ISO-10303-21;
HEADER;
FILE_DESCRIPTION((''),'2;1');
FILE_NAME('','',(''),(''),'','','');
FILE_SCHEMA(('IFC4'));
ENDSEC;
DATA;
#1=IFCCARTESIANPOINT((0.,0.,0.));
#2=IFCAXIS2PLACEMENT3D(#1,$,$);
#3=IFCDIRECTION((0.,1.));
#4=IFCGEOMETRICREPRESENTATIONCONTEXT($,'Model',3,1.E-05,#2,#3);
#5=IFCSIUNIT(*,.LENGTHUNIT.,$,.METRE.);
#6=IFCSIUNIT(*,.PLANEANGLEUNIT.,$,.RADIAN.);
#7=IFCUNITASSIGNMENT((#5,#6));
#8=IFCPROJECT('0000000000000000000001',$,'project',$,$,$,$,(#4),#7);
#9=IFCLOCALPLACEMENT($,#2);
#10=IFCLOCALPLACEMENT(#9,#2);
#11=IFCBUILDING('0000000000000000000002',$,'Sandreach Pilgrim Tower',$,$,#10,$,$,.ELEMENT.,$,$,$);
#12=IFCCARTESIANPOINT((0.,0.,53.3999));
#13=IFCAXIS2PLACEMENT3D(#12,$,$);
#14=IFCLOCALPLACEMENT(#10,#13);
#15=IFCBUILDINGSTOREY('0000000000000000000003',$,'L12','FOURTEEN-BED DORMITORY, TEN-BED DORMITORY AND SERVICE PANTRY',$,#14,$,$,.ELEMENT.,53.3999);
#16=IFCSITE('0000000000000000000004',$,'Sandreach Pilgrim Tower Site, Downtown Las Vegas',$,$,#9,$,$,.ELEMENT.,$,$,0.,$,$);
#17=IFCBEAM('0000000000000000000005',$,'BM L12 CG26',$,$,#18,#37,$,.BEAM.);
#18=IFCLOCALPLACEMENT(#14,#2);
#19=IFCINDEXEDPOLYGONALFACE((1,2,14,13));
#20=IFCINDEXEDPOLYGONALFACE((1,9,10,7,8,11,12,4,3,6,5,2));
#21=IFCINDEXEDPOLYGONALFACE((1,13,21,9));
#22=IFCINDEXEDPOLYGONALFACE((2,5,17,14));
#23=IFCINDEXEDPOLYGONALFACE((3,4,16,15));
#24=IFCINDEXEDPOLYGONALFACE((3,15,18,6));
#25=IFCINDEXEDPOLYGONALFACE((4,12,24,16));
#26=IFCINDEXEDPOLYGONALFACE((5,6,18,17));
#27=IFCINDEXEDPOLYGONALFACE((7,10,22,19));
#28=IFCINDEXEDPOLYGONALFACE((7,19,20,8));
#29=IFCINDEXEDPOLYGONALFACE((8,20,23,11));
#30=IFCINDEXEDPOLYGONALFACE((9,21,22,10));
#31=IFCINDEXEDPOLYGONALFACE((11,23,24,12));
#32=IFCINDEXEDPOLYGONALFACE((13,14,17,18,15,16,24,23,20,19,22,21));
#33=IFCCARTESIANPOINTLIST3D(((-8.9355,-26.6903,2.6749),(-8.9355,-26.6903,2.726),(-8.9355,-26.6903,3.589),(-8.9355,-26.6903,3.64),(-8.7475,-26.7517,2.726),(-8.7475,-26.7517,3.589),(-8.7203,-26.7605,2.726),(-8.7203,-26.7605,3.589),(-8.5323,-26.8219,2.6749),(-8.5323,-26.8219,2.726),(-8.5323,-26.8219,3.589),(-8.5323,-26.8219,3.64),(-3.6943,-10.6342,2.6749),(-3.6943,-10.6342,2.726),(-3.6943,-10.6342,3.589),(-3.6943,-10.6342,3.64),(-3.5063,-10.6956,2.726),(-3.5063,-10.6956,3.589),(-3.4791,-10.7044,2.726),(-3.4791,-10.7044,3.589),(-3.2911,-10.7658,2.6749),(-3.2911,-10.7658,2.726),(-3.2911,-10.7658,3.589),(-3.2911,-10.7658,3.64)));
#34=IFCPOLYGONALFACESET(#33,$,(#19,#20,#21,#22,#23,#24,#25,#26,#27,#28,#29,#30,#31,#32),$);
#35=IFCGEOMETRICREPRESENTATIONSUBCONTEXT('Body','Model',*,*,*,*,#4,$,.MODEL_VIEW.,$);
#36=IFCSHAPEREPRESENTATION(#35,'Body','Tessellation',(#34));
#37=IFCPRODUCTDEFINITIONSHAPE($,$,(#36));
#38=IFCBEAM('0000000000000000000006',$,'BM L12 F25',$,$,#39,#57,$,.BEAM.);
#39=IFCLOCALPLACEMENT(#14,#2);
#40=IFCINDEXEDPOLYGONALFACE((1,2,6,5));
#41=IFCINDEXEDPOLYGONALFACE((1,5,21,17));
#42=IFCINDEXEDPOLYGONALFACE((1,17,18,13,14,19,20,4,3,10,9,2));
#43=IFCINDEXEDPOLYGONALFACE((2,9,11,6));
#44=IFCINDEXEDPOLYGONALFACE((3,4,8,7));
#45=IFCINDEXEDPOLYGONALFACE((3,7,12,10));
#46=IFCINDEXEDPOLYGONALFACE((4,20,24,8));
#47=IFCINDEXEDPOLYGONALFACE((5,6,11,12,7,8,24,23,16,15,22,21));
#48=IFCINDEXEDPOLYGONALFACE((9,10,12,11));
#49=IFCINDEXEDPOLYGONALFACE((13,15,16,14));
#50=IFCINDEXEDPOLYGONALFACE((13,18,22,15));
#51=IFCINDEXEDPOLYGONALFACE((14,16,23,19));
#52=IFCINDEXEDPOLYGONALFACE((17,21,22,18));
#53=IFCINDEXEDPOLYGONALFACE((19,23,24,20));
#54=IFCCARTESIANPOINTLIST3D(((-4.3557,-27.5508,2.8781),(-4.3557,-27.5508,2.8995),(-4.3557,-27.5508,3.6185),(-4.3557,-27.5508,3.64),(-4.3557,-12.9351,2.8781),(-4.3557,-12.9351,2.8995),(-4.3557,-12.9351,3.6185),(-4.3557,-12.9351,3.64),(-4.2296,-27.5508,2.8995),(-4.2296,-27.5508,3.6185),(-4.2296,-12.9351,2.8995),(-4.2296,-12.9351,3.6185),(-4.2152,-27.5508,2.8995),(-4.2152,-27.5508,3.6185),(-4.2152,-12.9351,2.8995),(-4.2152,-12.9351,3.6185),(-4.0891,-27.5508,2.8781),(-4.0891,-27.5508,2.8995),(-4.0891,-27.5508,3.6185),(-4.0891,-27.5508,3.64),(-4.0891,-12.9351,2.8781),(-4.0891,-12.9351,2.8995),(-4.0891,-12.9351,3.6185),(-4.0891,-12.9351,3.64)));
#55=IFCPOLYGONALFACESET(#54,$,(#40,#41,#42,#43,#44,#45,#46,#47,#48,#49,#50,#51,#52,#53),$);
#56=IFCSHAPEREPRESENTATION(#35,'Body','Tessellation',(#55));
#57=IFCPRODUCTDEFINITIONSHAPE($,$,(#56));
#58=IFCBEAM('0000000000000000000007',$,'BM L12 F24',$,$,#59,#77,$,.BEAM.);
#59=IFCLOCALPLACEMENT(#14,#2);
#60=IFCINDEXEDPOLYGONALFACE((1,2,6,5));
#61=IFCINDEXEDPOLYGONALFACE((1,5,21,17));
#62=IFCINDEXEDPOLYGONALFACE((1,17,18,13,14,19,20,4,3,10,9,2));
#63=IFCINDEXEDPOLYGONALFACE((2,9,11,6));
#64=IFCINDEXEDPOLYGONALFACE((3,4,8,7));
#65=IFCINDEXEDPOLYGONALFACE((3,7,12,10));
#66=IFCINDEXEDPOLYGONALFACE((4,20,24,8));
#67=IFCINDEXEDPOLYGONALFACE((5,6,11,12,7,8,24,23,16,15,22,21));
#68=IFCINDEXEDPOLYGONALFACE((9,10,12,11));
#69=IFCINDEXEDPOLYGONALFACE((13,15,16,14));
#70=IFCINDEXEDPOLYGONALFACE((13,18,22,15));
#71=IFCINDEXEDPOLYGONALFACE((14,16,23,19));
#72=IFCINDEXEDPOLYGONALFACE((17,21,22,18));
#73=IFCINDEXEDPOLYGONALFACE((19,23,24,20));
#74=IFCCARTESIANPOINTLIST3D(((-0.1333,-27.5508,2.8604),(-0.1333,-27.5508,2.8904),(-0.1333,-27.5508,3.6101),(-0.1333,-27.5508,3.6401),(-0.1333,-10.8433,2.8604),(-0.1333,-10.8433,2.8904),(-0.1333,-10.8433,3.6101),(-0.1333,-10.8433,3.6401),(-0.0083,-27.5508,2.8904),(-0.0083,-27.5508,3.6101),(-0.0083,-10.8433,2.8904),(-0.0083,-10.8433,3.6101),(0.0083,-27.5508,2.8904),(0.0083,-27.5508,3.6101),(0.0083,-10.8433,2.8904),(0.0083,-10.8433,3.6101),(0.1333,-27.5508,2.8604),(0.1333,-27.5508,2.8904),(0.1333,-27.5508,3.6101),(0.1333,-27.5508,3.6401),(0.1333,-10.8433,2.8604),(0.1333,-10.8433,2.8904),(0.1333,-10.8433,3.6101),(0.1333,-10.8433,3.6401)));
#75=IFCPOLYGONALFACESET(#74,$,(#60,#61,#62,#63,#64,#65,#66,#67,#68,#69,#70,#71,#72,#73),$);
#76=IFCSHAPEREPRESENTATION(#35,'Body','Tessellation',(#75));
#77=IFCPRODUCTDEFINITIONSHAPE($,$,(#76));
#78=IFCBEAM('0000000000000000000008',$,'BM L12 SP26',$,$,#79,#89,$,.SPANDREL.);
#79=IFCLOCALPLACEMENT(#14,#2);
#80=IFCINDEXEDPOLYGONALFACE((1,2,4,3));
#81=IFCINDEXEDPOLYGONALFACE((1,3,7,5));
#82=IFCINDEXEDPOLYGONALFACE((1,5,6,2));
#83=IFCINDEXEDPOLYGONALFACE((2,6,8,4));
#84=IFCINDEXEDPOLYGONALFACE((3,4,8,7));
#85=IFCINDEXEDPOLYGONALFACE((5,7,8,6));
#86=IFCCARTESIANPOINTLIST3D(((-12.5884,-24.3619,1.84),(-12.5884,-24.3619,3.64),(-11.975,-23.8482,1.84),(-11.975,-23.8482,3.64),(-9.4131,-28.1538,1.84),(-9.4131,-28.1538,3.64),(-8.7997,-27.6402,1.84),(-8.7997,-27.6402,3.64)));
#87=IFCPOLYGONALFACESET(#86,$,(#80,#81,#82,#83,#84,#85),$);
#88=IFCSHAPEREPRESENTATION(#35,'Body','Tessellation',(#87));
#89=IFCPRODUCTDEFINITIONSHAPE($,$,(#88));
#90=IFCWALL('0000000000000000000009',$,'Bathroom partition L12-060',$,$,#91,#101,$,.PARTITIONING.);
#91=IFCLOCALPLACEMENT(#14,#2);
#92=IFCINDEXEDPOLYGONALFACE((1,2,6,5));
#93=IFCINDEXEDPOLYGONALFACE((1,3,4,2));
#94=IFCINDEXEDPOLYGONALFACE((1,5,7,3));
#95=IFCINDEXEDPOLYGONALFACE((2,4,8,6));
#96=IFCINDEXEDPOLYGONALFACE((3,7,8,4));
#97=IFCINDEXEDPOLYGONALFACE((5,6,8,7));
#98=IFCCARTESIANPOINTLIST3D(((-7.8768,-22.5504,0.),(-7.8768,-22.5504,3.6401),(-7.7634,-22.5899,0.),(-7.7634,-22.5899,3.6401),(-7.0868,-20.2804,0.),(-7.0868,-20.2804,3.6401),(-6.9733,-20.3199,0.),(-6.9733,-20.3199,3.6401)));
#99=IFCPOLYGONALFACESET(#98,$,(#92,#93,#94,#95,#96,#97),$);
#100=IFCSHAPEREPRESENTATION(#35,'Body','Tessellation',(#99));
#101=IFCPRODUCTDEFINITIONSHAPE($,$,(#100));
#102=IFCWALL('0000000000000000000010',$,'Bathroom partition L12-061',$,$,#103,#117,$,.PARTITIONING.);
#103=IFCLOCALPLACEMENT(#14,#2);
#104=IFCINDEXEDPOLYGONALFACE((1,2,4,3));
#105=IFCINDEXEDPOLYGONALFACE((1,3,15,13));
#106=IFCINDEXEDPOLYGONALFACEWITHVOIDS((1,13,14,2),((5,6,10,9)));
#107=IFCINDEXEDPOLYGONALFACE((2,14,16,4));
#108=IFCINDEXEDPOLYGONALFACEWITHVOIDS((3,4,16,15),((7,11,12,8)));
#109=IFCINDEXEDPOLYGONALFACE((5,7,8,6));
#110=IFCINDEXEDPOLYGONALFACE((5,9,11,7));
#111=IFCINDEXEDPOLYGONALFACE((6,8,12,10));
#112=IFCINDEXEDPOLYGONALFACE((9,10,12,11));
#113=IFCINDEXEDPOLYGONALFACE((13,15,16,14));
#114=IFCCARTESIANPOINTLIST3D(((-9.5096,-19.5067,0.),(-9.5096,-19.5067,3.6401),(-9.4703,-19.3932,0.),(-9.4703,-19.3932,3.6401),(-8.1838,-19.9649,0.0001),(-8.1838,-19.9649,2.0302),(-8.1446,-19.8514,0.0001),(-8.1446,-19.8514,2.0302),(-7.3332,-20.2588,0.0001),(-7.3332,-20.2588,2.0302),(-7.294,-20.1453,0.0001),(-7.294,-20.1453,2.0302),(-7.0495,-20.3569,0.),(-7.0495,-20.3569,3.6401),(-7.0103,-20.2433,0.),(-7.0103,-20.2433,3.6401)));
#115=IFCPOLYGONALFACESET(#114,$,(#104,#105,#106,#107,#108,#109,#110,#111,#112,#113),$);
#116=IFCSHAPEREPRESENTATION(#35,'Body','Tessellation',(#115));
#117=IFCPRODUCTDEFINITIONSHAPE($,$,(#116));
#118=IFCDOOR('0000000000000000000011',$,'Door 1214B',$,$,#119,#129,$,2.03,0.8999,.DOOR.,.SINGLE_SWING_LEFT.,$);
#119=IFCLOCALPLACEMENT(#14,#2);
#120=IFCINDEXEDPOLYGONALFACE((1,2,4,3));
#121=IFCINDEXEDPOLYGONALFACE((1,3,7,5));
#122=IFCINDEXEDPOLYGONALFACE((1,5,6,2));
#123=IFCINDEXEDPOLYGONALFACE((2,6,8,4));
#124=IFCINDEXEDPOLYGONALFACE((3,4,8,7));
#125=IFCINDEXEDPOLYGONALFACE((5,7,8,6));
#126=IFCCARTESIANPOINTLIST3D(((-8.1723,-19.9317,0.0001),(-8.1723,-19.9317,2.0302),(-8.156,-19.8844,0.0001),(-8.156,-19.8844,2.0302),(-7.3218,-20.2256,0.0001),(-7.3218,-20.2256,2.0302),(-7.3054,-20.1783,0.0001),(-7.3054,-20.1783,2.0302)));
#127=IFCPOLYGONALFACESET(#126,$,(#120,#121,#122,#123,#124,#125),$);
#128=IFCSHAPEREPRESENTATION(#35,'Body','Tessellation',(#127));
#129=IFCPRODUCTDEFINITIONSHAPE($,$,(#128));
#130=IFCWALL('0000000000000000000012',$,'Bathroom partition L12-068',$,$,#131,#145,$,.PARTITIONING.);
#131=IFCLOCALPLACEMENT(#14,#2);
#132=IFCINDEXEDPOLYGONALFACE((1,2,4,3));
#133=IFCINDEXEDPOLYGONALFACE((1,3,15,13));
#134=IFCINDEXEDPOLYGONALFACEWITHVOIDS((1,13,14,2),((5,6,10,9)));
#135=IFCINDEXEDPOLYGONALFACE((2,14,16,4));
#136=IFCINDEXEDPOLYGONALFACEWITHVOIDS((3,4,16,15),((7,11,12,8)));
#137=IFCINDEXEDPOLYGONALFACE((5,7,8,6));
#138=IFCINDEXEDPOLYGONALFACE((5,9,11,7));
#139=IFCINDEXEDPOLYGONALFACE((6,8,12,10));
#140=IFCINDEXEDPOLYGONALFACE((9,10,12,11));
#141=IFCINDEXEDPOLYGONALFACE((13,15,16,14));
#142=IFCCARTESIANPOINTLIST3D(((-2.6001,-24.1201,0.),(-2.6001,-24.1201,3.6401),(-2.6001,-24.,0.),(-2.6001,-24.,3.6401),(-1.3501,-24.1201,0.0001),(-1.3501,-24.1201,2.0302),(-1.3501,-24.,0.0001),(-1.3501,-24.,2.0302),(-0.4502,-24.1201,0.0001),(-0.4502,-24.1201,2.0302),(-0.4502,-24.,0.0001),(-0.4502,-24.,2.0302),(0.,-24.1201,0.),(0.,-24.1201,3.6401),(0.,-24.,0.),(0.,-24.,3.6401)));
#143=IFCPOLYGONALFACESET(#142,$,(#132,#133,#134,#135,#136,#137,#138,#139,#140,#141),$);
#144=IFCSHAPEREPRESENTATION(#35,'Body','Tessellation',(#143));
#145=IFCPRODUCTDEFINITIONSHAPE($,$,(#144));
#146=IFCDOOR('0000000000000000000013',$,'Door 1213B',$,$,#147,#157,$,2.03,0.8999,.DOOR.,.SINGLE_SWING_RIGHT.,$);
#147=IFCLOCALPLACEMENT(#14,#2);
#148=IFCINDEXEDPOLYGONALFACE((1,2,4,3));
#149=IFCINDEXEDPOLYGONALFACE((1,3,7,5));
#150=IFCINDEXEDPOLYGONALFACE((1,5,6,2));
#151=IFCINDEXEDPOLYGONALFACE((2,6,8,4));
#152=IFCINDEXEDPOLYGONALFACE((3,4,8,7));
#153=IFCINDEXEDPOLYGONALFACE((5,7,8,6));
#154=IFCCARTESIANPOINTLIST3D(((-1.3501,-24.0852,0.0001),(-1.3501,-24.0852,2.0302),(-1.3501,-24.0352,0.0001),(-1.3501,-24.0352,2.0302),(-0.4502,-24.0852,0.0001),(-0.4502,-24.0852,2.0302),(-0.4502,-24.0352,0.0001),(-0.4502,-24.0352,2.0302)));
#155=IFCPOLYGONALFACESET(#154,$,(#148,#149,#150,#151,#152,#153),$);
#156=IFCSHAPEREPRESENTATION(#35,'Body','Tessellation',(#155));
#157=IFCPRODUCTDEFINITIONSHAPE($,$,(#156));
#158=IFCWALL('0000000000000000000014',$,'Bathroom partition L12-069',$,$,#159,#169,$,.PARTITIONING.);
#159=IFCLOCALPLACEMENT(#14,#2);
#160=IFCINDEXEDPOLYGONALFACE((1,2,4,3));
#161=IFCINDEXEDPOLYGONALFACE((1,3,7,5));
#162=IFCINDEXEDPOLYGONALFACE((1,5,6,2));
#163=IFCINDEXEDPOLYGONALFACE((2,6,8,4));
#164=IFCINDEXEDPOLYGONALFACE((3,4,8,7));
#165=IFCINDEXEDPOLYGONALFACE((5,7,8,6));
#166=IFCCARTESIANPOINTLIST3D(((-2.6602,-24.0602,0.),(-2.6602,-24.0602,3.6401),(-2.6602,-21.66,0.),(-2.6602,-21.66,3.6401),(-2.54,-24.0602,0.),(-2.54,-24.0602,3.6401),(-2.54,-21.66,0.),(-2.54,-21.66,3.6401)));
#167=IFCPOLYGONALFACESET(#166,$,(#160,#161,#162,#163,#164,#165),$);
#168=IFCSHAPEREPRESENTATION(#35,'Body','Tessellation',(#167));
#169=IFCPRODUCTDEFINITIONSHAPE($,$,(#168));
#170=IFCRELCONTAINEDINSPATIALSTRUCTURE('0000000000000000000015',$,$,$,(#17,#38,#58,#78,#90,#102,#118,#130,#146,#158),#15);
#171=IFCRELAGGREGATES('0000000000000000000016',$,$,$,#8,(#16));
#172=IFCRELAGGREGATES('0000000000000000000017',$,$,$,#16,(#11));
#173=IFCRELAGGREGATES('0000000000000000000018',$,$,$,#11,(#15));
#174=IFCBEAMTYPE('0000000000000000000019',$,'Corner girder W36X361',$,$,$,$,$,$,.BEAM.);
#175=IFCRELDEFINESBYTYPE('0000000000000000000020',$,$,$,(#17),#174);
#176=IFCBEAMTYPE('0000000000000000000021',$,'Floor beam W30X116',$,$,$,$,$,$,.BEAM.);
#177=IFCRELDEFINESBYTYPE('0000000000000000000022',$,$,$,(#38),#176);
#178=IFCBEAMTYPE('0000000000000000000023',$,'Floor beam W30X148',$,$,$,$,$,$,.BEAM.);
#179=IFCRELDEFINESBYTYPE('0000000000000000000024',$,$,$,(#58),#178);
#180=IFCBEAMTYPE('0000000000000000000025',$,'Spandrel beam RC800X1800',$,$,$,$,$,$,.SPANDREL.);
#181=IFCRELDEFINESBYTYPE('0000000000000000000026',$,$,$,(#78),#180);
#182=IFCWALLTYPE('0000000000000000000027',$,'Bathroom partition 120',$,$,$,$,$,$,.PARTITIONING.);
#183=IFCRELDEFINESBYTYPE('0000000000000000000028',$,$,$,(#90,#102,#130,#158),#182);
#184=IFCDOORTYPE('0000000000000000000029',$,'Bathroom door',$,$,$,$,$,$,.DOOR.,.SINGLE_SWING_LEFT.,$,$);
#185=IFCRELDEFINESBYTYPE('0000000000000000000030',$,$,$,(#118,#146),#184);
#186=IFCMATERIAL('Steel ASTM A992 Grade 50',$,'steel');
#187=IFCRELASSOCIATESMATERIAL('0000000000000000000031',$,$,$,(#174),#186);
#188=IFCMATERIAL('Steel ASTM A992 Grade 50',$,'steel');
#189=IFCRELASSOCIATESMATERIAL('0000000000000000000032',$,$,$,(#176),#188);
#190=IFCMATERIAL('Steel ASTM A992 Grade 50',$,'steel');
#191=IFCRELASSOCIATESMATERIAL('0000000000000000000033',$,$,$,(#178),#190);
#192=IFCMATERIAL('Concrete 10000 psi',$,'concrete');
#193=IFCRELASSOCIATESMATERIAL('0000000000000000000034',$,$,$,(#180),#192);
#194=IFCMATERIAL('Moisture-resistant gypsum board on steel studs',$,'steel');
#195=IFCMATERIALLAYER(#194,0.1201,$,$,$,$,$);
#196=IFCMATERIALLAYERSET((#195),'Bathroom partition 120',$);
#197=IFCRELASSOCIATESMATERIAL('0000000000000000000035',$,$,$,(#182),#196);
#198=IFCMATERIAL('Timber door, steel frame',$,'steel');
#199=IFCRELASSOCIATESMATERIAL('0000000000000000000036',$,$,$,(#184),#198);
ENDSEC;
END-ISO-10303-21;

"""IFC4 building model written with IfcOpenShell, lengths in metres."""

from ifc_helpers import new_model, si_unit, direction, frame, frame_2d, origin, origin_2d, place, context, subcontext, project, spatial, rectangle, i_section, extrude, material, layer, layer_set, material_profile, profile_set, type_object, element, fill, save


model = new_model("IFC4")

# Units and contexts
model_context = context("Model", 3, precision=1e-05, world=origin(), true_north=direction((0.0, 1.0)))
body_context = subcontext(model_context, "Body", "Model", "MODEL_VIEW")
ifc_project = project(units=[si_unit("LENGTHUNIT", "METRE"), si_unit("PLANEANGLEUNIT", "RADIAN")], contexts=[model_context])

# Site, building, storey
site_placement = place(None, origin())
site = spatial("IfcSite", under=ifc_project, at=site_placement, Name="Sandreach Pilgrim Tower Site, Downtown Las Vegas", CompositionType="ELEMENT", RefElevation=0.0)
building_placement = place(site_placement, origin())
building = spatial("IfcBuilding", under=site, at=building_placement, Name="Sandreach Pilgrim Tower", CompositionType="ELEMENT")
storey_placement = place(building_placement, frame((0.0, 0.0, 53.3999)))
storey = spatial("IfcBuildingStorey", under=building, at=storey_placement, Name="L12", Description="FOURTEEN-BED DORMITORY, TEN-BED DORMITORY AND SERVICE PANTRY", CompositionType="ELEMENT", Elevation=53.3999)

# Beams
ifc_material_1 = material(Name="Steel ASTM A992 Grade 50", Category="steel")
ifc_material_profile_1 = material_profile(ifc_material_1, i_section(OverallWidth=0.4241, OverallDepth=0.9651, WebThickness=0.0286, FlangeThickness=0.051, at=origin_2d()), Name="W36X361")
ifc_profile_set_1 = profile_set([ifc_material_profile_1], Name="Steel ASTM A992 Grade 50")
beam_type_1 = type_object("IfcBeamType", Name="Corner girder W36X361", PredefinedType="BEAM", material=ifc_profile_set_1)
beam_1_placement = place(storey_placement, frame((-8.7339, -26.7561, 3.1575), z_axis=(0.310315, 0.950634, 0.0), x_axis=(-0.950634, 0.310315, 0.0)))
element("IfcBeam", 1, at=beam_1_placement, inside=storey, type_object=beam_type_1, Name="BM L12 CG26", PredefinedType="BEAM", context=body_context, shape_type="SweptSolid", body=[
    extrude(i_section(OverallWidth=0.4241, OverallDepth=0.9651, WebThickness=0.0286, FlangeThickness=0.051, at=origin_2d()), origin(), (0.0, 0.0, 1.0), 16.8899),
])
ifc_material_2 = material(Name="Steel ASTM A992 Grade 50", Category="steel")
ifc_material_profile_2 = material_profile(ifc_material_2, i_section(OverallWidth=0.2666, OverallDepth=0.762, WebThickness=0.0144, FlangeThickness=0.0215, at=origin_2d()), Name="W30X116")
ifc_profile_set_2 = profile_set([ifc_material_profile_2], Name="Steel ASTM A992 Grade 50")
beam_type_2 = type_object("IfcBeamType", Name="Floor beam W30X116", PredefinedType="BEAM", material=ifc_profile_set_2)
beam_2_placement = place(storey_placement, frame((-4.2224, -27.5508, 3.259), z_axis=(0.0, 1.0, 0.0), x_axis=(-1.0, 0.0, 0.0)))
element("IfcBeam", 2, at=beam_2_placement, inside=storey, type_object=beam_type_2, Name="BM L12 F25", PredefinedType="BEAM", context=body_context, shape_type="SweptSolid", body=[
    extrude(i_section(OverallWidth=0.2666, OverallDepth=0.762, WebThickness=0.0144, FlangeThickness=0.0215, at=origin_2d()), origin(), (0.0, 0.0, 1.0), 14.6157),
])
ifc_material_3 = material(Name="Steel ASTM A992 Grade 50", Category="steel")
ifc_material_profile_3 = material_profile(ifc_material_3, i_section(OverallWidth=0.2666, OverallDepth=0.7798, WebThickness=0.0166, FlangeThickness=0.03, at=origin_2d()), Name="W30X148")
ifc_profile_set_3 = profile_set([ifc_material_profile_3], Name="Steel ASTM A992 Grade 50")
beam_type_3 = type_object("IfcBeamType", Name="Floor beam W30X148", PredefinedType="BEAM", material=ifc_profile_set_3)
beam_3_placement = place(storey_placement, frame((0.0, -27.5508, 3.2502), z_axis=(0.0, 1.0, 0.0), x_axis=(-1.0, 0.0, 0.0)))
element("IfcBeam", 3, at=beam_3_placement, inside=storey, type_object=beam_type_3, Name="BM L12 F24", PredefinedType="BEAM", context=body_context, shape_type="SweptSolid", body=[
    extrude(i_section(OverallWidth=0.2666, OverallDepth=0.7798, WebThickness=0.0166, FlangeThickness=0.03, at=origin_2d()), origin(), (0.0, 0.0, 1.0), 16.7075),
])
ifc_material_4 = material(Name="Concrete 10000 psi", Category="concrete")
ifc_material_profile_4 = material_profile(ifc_material_4, rectangle(XDim=0.8, YDim=1.8, at=origin_2d()), Name="RC800X1800")
ifc_profile_set_4 = profile_set([ifc_material_profile_4], Name="Concrete 10000 psi")
beam_type_4 = type_object("IfcBeamType", Name="Spandrel beam RC800X1800", PredefinedType="SPANDREL", material=ifc_profile_set_4)
beam_4_placement = place(storey_placement, frame((-9.1064, -27.897, 2.74), z_axis=(-0.642008, 0.766698, 0.0), x_axis=(-0.766698, -0.642008, 0.0)))
element("IfcBeam", 4, at=beam_4_placement, inside=storey, type_object=beam_type_4, Name="BM L12 SP26", PredefinedType="SPANDREL", context=body_context, shape_type="SweptSolid", body=[
    extrude(rectangle(XDim=0.8, YDim=1.8, at=origin_2d()), origin(), (0.0, 0.0, 1.0), 4.9458),
])

# Wall
ifc_material_5 = material(Name="Moisture-resistant gypsum board on steel studs", Category="steel")
ifc_layer_1 = layer(ifc_material_5, 0.1201)
ifc_layer_set_1 = layer_set([ifc_layer_1], Name="Bathroom partition 120")
wall_type_1 = type_object("IfcWallType", Name="Bathroom partition 120", PredefinedType="PARTITIONING", material=ifc_layer_set_1)
wall_1_placement = place(storey_placement, frame((-7.8201, -22.5701, 0.0), z_axis=(0.0, 0.0, 1.0), x_axis=(0.328694, 0.944436, 0.0)))
element("IfcWall", 5, at=wall_1_placement, inside=storey, type_object=wall_type_1, Name="Bathroom partition L12-060", PredefinedType="PARTITIONING", context=body_context, shape_type="SweptSolid", body=[
    extrude(rectangle(XDim=2.4036, YDim=0.1201, at=frame_2d((1.2017, 0.0))), origin(), (0.0, 0.0, 1.0), 3.6401),
])

# Walls, openings, doors
wall_2_placement = place(storey_placement, frame((-7.03, -20.3, 0.0), z_axis=(0.0, 0.0, 1.0), x_axis=(-0.945155, 0.326621, 0.0)))
wall_2 = element("IfcWall", 6, at=wall_2_placement, inside=storey, type_object=wall_type_1, Name="Bathroom partition L12-061", PredefinedType="PARTITIONING", context=body_context, shape_type="SweptSolid", body=[
    extrude(rectangle(XDim=2.6028, YDim=0.1201, at=frame_2d((1.3013, 0.0))), origin(), (0.0, 0.0, 1.0), 3.6401),
])
opening_1_placement = place(wall_2_placement, frame((0.3, 0.0, 0.0)))
opening_1 = element("IfcOpeningElement", 7, at=opening_1_placement, cuts=wall_2, PredefinedType="OPENING", context=body_context, shape_type="SweptSolid", body=[
    extrude(rectangle(XDim=0.8999, YDim=2.03, at=frame_2d((0.45, 1.0151))), frame((0.0, 0.0601, 0.0), z_axis=(0.0, -1.0, 0.0), x_axis=(1.0, 0.0, 0.0)), (0.0, 0.0, 1.0), 0.1201),
])
ifc_material_6 = material(Name="Timber door, steel frame", Category="steel")
door_type_1 = type_object("IfcDoorType", Name="Bathroom door", OperationType="SINGLE_SWING_LEFT", PredefinedType="DOOR", material=ifc_material_6)
door_1_placement = place(opening_1_placement, origin())
door_1 = element("IfcDoor", 8, at=door_1_placement, inside=storey, type_object=door_type_1, Name="Door 1214B", OperationType="SINGLE_SWING_LEFT", OverallHeight=2.03, OverallWidth=0.8999, PredefinedType="DOOR", context=body_context, shape_type="SweptSolid", body=[
    extrude(rectangle(XDim=0.8999, YDim=2.03, at=frame_2d((0.45, 1.0151))), frame((0.0, 0.0249, 0.0), z_axis=(0.0, -1.0, 0.0), x_axis=(1.0, 0.0, 0.0)), (0.0, 0.0, 1.0), 0.05),
])
fill(opening_1, door_1)
wall_3_placement = place(storey_placement, frame((-2.6001, -24.0601, 0.0), z_axis=(0.0, 0.0, 1.0), x_axis=(1.0, 0.0, 0.0)))
wall_3 = element("IfcWall", 9, at=wall_3_placement, inside=storey, type_object=wall_type_1, Name="Bathroom partition L12-068", PredefinedType="PARTITIONING", context=body_context, shape_type="SweptSolid", body=[
    extrude(rectangle(XDim=2.6001, YDim=0.1201, at=frame_2d((1.3, 0.0))), origin(), (0.0, 0.0, 1.0), 3.6401),
])
opening_2_placement = place(wall_3_placement, frame((1.25, 0.0, 0.0)))
opening_2 = element("IfcOpeningElement", 10, at=opening_2_placement, cuts=wall_3, PredefinedType="OPENING", context=body_context, shape_type="SweptSolid", body=[
    extrude(rectangle(XDim=0.8999, YDim=2.03, at=frame_2d((0.45, 1.0151))), frame((0.0, 0.0601, 0.0), z_axis=(0.0, -1.0, 0.0), x_axis=(1.0, 0.0, 0.0)), (0.0, 0.0, 1.0), 0.1201),
])
door_2_placement = place(opening_2_placement, origin())
door_2 = element("IfcDoor", 11, at=door_2_placement, inside=storey, type_object=door_type_1, Name="Door 1213B", OperationType="SINGLE_SWING_RIGHT", OverallHeight=2.03, OverallWidth=0.8999, PredefinedType="DOOR", context=body_context, shape_type="SweptSolid", body=[
    extrude(rectangle(XDim=0.8999, YDim=2.03, at=frame_2d((0.45, 1.0151))), frame((0.0, 0.0249, 0.0), z_axis=(0.0, -1.0, 0.0), x_axis=(1.0, 0.0, 0.0)), (0.0, 0.0, 1.0), 0.05),
])
fill(opening_2, door_2)

# Wall
wall_4_placement = place(storey_placement, frame((-2.6001, -21.6599, 0.0), z_axis=(0.0, 0.0, 1.0), x_axis=(0.0, -1.0, 0.0)))
element("IfcWall", 12, at=wall_4_placement, inside=storey, type_object=wall_type_1, Name="Bathroom partition L12-069", PredefinedType="PARTITIONING", context=body_context, shape_type="SweptSolid", body=[
    extrude(rectangle(XDim=2.4001, YDim=0.1201, at=frame_2d((1.2002, 0.0))), origin(), (0.0, 0.0, 1.0), 3.6401),
])

save(model, "model.ifc")
